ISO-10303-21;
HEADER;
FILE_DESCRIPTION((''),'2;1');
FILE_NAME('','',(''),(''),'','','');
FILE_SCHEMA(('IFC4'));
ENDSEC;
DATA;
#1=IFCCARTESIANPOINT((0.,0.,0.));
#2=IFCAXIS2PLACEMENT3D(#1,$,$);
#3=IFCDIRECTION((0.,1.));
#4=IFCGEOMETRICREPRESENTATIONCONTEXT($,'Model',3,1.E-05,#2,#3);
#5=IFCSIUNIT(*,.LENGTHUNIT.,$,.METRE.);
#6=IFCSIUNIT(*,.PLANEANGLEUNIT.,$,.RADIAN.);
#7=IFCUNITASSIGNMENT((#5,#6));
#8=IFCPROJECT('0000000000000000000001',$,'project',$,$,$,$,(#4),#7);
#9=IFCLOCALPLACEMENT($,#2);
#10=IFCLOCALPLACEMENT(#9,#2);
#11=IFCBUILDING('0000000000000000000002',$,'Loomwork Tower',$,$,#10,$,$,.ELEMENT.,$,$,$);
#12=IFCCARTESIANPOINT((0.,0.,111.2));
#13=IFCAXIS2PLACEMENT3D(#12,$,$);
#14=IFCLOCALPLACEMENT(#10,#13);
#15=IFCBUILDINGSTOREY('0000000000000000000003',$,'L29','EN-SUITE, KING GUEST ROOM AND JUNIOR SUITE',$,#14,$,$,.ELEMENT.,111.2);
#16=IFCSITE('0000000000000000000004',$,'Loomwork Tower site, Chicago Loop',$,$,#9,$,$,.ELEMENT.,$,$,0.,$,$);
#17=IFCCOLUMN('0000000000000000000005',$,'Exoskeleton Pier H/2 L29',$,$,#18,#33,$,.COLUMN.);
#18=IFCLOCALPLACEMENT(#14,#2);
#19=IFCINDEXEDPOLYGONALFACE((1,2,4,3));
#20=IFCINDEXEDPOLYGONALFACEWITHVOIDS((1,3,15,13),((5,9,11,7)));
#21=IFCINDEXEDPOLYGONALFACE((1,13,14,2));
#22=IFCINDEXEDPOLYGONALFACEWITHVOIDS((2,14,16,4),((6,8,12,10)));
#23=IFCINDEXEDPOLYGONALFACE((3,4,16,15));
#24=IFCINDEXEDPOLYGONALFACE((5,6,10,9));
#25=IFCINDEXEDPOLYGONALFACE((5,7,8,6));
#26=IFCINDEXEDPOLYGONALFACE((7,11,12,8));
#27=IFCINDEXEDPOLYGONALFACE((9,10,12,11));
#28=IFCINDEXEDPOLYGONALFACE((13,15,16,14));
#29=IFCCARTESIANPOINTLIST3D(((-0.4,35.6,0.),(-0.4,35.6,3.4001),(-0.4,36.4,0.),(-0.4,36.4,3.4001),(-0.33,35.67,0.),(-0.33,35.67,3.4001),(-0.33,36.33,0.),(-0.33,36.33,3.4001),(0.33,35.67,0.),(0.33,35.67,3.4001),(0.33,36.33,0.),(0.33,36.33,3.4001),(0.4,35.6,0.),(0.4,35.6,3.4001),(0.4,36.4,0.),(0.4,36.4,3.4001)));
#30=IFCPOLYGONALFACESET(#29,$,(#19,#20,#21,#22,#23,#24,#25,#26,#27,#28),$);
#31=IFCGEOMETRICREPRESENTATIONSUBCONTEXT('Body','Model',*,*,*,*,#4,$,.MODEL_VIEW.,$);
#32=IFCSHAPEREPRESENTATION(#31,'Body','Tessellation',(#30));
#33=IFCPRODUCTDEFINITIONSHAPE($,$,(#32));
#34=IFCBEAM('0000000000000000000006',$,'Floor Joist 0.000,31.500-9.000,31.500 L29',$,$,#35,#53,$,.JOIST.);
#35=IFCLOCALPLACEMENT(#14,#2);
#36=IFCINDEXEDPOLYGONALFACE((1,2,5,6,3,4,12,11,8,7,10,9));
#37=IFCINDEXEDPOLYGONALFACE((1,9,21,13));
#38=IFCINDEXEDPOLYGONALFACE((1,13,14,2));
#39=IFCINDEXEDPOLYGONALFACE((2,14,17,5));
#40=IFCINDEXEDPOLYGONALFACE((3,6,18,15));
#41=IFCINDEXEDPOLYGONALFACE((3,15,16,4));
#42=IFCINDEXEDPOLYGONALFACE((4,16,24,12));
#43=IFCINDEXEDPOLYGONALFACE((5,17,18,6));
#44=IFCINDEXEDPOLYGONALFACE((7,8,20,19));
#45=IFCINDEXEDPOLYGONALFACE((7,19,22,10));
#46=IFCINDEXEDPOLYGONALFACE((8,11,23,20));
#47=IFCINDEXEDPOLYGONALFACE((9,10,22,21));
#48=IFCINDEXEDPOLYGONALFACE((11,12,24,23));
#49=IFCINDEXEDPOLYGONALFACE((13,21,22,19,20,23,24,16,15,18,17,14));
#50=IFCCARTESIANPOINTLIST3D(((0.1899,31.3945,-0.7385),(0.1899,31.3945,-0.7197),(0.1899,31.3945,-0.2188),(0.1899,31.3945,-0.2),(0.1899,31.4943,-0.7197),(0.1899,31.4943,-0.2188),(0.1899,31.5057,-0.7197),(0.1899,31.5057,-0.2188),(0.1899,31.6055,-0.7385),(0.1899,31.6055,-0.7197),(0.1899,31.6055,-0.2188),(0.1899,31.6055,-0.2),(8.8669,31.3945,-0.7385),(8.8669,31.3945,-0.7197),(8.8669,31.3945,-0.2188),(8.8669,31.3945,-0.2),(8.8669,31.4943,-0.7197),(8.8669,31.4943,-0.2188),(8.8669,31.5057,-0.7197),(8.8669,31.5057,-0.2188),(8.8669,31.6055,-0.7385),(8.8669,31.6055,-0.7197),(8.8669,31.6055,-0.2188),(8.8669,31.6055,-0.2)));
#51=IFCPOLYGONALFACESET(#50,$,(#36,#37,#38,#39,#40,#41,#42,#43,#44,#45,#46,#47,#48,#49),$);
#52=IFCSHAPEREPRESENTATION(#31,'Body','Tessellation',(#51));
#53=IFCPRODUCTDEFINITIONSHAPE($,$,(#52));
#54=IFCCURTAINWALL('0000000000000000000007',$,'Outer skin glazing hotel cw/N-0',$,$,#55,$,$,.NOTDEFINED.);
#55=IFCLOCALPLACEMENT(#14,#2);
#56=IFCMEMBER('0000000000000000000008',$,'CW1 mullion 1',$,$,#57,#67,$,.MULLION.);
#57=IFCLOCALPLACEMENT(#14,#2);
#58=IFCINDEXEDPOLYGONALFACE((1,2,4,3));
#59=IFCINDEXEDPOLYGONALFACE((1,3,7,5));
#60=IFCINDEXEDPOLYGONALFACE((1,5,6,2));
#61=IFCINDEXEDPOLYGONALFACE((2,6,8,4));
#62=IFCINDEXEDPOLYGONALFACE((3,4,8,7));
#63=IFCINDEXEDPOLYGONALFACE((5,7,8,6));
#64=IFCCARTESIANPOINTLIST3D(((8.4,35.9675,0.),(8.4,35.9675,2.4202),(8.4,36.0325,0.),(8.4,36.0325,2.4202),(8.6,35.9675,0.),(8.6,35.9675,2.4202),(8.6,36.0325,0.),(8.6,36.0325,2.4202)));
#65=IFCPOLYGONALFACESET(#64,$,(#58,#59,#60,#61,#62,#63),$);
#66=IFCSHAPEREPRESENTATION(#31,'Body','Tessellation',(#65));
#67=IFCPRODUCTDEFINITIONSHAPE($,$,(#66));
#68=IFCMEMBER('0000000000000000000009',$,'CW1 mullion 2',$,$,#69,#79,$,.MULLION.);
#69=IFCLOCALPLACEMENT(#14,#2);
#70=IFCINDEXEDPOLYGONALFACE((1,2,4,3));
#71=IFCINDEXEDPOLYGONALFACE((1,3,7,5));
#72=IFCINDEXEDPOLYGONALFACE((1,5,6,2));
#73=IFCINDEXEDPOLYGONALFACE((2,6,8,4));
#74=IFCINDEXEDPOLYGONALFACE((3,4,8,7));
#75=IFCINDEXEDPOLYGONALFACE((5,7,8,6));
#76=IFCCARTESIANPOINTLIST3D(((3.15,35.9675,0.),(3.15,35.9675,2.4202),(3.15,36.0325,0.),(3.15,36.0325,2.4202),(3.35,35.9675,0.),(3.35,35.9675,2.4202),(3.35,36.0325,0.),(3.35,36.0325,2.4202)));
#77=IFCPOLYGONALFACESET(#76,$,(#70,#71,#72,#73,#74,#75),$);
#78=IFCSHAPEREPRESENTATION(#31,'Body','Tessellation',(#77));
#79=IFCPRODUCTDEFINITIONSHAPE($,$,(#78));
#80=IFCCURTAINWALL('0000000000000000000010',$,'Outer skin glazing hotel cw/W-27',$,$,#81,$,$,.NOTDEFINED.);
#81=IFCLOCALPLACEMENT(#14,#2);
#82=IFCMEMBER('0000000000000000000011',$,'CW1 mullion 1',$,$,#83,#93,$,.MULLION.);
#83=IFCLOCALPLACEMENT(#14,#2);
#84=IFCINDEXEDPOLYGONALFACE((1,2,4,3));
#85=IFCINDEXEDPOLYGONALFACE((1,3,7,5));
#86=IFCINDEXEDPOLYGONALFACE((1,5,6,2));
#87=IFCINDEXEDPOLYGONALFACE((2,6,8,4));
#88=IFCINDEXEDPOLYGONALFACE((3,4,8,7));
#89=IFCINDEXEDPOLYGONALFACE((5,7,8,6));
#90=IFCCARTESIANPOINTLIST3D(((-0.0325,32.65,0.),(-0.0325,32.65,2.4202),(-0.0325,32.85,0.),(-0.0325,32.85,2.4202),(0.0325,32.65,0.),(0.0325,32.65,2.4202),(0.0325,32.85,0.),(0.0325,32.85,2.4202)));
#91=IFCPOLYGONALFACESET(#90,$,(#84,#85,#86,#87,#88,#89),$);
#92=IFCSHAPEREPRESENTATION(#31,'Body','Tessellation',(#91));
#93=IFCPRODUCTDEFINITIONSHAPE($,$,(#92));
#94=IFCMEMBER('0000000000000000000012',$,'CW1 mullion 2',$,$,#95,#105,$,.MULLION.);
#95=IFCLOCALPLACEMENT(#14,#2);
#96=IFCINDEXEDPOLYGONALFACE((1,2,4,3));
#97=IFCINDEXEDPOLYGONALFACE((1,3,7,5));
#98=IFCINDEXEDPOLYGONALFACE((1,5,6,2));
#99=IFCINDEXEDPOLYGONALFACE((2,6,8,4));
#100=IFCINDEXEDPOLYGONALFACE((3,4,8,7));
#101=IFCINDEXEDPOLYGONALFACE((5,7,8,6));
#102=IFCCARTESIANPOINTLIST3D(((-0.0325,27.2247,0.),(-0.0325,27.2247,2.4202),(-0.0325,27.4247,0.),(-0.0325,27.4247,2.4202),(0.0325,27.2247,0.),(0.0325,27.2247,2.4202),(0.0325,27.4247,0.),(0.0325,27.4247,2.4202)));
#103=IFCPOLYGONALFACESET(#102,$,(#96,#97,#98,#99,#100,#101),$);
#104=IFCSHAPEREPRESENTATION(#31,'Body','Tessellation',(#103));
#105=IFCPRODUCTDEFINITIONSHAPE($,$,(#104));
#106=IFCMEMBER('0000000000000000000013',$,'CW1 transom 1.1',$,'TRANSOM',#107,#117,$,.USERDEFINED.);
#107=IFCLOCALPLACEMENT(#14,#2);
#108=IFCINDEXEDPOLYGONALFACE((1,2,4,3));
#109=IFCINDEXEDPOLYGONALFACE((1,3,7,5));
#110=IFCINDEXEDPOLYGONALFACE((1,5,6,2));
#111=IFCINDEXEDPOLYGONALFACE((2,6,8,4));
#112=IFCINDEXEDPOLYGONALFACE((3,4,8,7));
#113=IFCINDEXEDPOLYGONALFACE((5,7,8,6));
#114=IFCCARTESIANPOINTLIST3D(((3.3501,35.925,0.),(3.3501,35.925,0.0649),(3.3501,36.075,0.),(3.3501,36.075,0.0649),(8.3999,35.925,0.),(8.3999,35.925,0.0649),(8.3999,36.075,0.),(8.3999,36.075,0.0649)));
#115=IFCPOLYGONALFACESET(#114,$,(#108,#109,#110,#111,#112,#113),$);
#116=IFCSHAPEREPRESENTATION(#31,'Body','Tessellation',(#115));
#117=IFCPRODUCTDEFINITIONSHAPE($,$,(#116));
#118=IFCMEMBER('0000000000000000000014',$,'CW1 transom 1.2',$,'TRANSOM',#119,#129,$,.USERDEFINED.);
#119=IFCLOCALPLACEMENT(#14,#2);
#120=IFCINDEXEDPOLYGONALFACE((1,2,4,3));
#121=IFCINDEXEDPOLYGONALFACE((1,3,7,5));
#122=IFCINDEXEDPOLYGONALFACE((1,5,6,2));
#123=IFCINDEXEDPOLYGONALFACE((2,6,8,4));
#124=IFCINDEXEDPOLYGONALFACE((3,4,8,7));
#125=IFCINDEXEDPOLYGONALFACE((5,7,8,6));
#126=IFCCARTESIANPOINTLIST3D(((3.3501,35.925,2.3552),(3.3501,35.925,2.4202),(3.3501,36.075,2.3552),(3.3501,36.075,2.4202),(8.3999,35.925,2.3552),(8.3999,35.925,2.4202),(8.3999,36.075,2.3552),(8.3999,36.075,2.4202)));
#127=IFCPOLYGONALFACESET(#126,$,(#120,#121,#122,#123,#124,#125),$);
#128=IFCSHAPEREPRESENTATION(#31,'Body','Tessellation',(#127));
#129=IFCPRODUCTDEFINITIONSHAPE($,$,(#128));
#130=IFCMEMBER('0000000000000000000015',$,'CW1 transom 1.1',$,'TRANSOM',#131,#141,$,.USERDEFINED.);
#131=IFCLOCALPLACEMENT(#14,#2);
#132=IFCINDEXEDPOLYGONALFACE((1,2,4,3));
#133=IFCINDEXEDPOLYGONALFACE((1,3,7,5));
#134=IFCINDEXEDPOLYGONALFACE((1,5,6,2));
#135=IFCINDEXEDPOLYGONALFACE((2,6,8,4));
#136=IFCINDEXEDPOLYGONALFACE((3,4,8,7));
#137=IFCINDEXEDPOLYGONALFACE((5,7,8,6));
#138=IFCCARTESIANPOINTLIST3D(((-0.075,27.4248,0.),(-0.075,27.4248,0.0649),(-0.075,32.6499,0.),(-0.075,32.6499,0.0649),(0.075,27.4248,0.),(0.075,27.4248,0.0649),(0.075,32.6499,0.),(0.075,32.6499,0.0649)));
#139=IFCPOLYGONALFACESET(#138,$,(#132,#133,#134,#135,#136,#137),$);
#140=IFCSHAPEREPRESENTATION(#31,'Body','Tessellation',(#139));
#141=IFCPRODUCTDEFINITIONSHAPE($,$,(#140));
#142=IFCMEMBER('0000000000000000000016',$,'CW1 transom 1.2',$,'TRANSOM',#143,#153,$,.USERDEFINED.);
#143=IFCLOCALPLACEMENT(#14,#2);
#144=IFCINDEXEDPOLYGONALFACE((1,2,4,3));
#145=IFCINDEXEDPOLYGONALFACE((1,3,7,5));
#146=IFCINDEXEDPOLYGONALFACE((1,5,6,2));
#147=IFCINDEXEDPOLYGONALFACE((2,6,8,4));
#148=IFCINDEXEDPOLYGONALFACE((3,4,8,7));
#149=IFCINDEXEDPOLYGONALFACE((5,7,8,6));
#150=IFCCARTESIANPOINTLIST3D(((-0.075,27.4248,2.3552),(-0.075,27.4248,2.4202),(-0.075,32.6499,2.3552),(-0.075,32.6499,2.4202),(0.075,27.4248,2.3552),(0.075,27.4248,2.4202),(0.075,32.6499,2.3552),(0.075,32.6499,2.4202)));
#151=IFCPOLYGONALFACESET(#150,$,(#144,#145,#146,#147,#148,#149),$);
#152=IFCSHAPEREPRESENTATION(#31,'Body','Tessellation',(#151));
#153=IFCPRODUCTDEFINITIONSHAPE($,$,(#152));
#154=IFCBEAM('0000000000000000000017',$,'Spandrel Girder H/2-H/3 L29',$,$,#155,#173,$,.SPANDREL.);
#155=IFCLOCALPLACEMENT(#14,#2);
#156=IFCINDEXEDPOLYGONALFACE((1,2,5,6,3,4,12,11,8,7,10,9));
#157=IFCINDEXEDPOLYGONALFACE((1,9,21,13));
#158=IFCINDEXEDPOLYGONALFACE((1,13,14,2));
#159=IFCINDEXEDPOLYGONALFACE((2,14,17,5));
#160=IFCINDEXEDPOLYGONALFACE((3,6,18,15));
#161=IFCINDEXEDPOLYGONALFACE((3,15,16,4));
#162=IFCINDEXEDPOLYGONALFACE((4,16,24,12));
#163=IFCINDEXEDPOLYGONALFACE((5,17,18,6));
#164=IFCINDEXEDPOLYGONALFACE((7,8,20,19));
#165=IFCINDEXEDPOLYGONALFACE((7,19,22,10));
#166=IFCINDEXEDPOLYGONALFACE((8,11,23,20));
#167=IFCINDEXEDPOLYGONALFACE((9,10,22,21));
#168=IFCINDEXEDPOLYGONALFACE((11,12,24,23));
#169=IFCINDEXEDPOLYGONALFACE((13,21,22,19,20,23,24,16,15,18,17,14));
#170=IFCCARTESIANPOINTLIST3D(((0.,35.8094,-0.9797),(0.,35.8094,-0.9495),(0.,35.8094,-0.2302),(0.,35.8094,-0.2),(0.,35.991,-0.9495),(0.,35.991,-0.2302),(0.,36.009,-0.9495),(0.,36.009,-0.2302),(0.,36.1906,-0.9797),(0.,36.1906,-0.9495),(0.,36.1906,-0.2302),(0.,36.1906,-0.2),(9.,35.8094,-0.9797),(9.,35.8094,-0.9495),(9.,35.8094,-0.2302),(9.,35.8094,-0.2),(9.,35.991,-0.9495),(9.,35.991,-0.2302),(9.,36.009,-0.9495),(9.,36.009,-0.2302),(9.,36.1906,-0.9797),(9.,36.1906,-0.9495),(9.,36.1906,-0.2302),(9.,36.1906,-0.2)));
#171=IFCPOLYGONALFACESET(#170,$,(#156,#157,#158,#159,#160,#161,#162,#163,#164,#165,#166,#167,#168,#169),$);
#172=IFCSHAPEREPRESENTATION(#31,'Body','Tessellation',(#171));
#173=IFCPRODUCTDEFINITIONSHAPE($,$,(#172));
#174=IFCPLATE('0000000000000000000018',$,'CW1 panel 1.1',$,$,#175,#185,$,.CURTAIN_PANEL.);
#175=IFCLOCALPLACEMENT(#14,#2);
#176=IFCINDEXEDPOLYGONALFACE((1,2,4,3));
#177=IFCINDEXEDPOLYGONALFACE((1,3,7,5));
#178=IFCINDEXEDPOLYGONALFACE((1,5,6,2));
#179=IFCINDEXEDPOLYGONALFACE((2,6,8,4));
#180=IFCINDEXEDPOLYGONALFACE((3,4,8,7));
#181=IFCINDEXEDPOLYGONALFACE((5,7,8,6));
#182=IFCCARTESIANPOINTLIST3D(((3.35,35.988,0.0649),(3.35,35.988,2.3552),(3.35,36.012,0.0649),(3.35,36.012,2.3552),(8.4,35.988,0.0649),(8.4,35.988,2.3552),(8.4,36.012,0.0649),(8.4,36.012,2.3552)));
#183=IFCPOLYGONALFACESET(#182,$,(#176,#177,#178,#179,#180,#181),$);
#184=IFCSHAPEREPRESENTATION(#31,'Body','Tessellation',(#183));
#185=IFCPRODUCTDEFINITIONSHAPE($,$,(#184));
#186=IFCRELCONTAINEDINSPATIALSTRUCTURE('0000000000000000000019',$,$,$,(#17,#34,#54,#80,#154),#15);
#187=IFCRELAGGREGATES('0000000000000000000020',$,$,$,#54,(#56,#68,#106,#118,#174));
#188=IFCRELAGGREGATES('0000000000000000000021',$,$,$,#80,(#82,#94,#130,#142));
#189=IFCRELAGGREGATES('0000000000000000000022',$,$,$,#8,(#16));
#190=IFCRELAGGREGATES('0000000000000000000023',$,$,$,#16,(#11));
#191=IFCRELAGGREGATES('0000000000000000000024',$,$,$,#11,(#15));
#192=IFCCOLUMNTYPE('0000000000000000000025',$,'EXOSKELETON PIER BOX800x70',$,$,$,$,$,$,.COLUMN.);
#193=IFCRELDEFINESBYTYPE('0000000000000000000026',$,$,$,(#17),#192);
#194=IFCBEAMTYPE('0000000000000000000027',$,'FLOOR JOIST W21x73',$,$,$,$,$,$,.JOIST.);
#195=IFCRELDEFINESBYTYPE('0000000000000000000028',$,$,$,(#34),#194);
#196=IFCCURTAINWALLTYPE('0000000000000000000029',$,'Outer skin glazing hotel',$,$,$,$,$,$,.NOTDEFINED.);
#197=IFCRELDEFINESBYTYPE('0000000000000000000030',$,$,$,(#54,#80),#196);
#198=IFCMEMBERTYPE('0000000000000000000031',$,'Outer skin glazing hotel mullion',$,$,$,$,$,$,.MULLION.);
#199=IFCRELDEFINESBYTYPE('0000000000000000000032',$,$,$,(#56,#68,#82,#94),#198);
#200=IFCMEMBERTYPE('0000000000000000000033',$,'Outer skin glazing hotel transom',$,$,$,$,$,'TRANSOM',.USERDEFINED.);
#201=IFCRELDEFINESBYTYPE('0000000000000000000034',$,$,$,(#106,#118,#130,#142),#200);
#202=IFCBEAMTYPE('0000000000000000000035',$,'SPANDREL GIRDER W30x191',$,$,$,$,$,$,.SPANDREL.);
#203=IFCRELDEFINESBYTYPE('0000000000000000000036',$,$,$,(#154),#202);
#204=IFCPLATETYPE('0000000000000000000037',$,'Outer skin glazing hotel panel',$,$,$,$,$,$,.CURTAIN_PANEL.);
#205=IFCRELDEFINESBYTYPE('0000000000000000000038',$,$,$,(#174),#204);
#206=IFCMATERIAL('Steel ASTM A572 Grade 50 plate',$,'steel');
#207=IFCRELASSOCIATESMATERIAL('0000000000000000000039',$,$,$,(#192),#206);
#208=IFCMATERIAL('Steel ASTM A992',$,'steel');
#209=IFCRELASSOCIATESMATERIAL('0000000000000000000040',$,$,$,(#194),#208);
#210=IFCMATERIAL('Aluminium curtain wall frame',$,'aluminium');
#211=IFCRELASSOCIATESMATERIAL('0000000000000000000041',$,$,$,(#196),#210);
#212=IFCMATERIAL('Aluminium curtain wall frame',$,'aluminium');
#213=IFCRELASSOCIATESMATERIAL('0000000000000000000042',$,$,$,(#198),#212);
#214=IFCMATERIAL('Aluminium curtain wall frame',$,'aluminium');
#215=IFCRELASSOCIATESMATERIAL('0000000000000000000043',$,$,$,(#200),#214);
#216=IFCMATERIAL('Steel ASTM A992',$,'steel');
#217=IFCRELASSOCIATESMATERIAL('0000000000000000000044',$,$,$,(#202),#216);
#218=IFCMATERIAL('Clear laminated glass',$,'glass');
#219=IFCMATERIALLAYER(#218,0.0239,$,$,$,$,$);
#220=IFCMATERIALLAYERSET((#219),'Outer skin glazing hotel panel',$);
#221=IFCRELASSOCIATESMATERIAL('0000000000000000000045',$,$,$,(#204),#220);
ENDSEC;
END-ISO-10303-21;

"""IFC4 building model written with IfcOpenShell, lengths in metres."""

from ifc_helpers import new_model, si_unit, direction, frame, origin, origin_2d, place, context, subcontext, project, spatial, rectangle, hollow_rectangle, i_section, extrude, material, layer, layer_set, material_profile, profile_set, type_object, element, aggregate, save


model = new_model("IFC4")

# Units and contexts
model_context = context("Model", 3, precision=1e-05, world=origin(), true_north=direction((0.0, 1.0)))
body_context = subcontext(model_context, "Body", "Model", "MODEL_VIEW")
ifc_project = project(units=[si_unit("LENGTHUNIT", "METRE"), si_unit("PLANEANGLEUNIT", "RADIAN")], contexts=[model_context])

# Site, building, storey
site_placement = place(None, origin())
site = spatial("IfcSite", under=ifc_project, at=site_placement, Name="Loomwork Tower site, Chicago Loop", CompositionType="ELEMENT", RefElevation=0.0)
building_placement = place(site_placement, origin())
building = spatial("IfcBuilding", under=site, at=building_placement, Name="Loomwork Tower", CompositionType="ELEMENT")
storey_placement = place(building_placement, frame((0.0, 0.0, 111.2)))
storey = spatial("IfcBuildingStorey", under=building, at=storey_placement, Name="L29", Description="EN-SUITE, KING GUEST ROOM AND JUNIOR SUITE", CompositionType="ELEMENT", Elevation=111.2)

# Column
ifc_material_1 = material(Name="Steel ASTM A572 Grade 50 plate", Category="steel")
ifc_material_profile_1 = material_profile(ifc_material_1, hollow_rectangle(XDim=0.8, YDim=0.8, WallThickness=0.0701, at=origin_2d()), Name="BOX800x70")
ifc_profile_set_1 = profile_set([ifc_material_profile_1], Name="Steel ASTM A572 Grade 50 plate")
column_type = type_object("IfcColumnType", Name="EXOSKELETON PIER BOX800x70", PredefinedType="COLUMN", material=ifc_profile_set_1)
column_placement = place(storey_placement, frame((0.0, 36.0, 0.0), z_axis=(0.0, 0.0, 1.0), x_axis=(1.0, 0.0, 0.0)))
element("IfcColumn", 1, at=column_placement, inside=storey, type_object=column_type, Name="Exoskeleton Pier H/2 L29", PredefinedType="COLUMN", context=body_context, shape_type="SweptSolid", body=[
    extrude(hollow_rectangle(XDim=0.8, YDim=0.8, WallThickness=0.0701, at=origin_2d()), origin(), (0.0, 0.0, 1.0), 3.4001),
])

# Beam
ifc_material_2 = material(Name="Steel ASTM A992", Category="steel")
ifc_material_profile_2 = material_profile(ifc_material_2, i_section(OverallWidth=0.2109, OverallDepth=0.5386, WebThickness=0.0115, FlangeThickness=0.0188, at=origin_2d()), Name="W21x73")
ifc_profile_set_2 = profile_set([ifc_material_profile_2], Name="Steel ASTM A992")
beam_type_1 = type_object("IfcBeamType", Name="FLOOR JOIST W21x73", PredefinedType="JOIST", material=ifc_profile_set_2)
beam_1_placement = place(storey_placement, frame((0.1899, 31.5, -0.4692), z_axis=(1.0, 0.0, 0.0), x_axis=(0.0, 1.0, 0.0)))
element("IfcBeam", 2, at=beam_1_placement, inside=storey, type_object=beam_type_1, Name="Floor Joist 0.000,31.500-9.000,31.500 L29", PredefinedType="JOIST", context=body_context, shape_type="SweptSolid", body=[
    extrude(i_section(OverallWidth=0.2109, OverallDepth=0.5386, WebThickness=0.0115, FlangeThickness=0.0188, at=origin_2d()), origin(), (0.0, 0.0, 1.0), 8.677),
])

# Curtain walls, members
ifc_material_3 = material(Name="Aluminium curtain wall frame", Category="aluminium")
curtain_wall_type = type_object("IfcCurtainWallType", Name="Outer skin glazing hotel", PredefinedType="NOTDEFINED", material=ifc_material_3)
curtain_wall_1_placement = place(storey_placement, origin())
curtain_wall_1 = element("IfcCurtainWall", 3, at=curtain_wall_1_placement, inside=storey, type_object=curtain_wall_type, Name="Outer skin glazing hotel cw/N-0", PredefinedType="NOTDEFINED")
ifc_material_4 = material(Name="Aluminium curtain wall frame", Category="aluminium")
ifc_material_profile_3 = material_profile(ifc_material_4, rectangle(XDim=0.0649, YDim=0.2, at=origin_2d()), Name="AL 65x200")
ifc_profile_set_3 = profile_set([ifc_material_profile_3], Name="Aluminium curtain wall frame")
member_type_1 = type_object("IfcMemberType", Name="Outer skin glazing hotel mullion", PredefinedType="MULLION", material=ifc_profile_set_3)
member_1_placement = place(storey_placement, frame((8.5, 36.0, 0.0), z_axis=(0.0, 0.0, 1.0), x_axis=(0.0, -1.0, 0.0)))
member_1 = element("IfcMember", 4, at=member_1_placement, type_object=member_type_1, Name="CW1 mullion 1", PredefinedType="MULLION", context=body_context, shape_type="SweptSolid", body=[
    extrude(rectangle(XDim=0.0649, YDim=0.2, at=origin_2d()), origin(), (0.0, 0.0, 1.0), 2.4202),
])
member_2_placement = place(storey_placement, frame((3.25, 36.0, 0.0), z_axis=(0.0, 0.0, 1.0), x_axis=(0.0, -1.0, 0.0)))
member_2 = element("IfcMember", 5, at=member_2_placement, type_object=member_type_1, Name="CW1 mullion 2", PredefinedType="MULLION", context=body_context, shape_type="SweptSolid", body=[
    extrude(rectangle(XDim=0.0649, YDim=0.2, at=origin_2d()), origin(), (0.0, 0.0, 1.0), 2.4202),
])
curtain_wall_2_placement = place(storey_placement, origin())
curtain_wall_2 = element("IfcCurtainWall", 6, at=curtain_wall_2_placement, inside=storey, type_object=curtain_wall_type, Name="Outer skin glazing hotel cw/W-27", PredefinedType="NOTDEFINED")
member_3_placement = place(storey_placement, frame((0.0, 32.75, 0.0), z_axis=(0.0, 0.0, 1.0), x_axis=(1.0, 0.0, 0.0)))
member_3 = element("IfcMember", 7, at=member_3_placement, type_object=member_type_1, Name="CW1 mullion 1", PredefinedType="MULLION", context=body_context, shape_type="SweptSolid", body=[
    extrude(rectangle(XDim=0.0649, YDim=0.2, at=origin_2d()), origin(), (0.0, 0.0, 1.0), 2.4202),
])
member_4_placement = place(storey_placement, frame((0.0, 27.3247, 0.0), z_axis=(0.0, 0.0, 1.0), x_axis=(1.0, 0.0, 0.0)))
member_4 = element("IfcMember", 8, at=member_4_placement, type_object=member_type_1, Name="CW1 mullion 2", PredefinedType="MULLION", context=body_context, shape_type="SweptSolid", body=[
    extrude(rectangle(XDim=0.0649, YDim=0.2, at=origin_2d()), origin(), (0.0, 0.0, 1.0), 2.4202),
])

# Members
ifc_material_5 = material(Name="Aluminium curtain wall frame", Category="aluminium")
ifc_material_profile_4 = material_profile(ifc_material_5, rectangle(XDim=0.1499, YDim=0.0649, at=origin_2d()), Name="AL 65x150")
ifc_profile_set_4 = profile_set([ifc_material_profile_4], Name="Aluminium curtain wall frame")
member_type_2 = type_object("IfcMemberType", Name="Outer skin glazing hotel transom", ElementType="TRANSOM", PredefinedType="USERDEFINED", material=ifc_profile_set_4)
member_5_placement = place(storey_placement, frame((8.3999, 36.0, 0.0325), z_axis=(-1.0, 0.0, 0.0), x_axis=(0.0, -1.0, 0.0)))
member_5 = element("IfcMember", 9, at=member_5_placement, type_object=member_type_2, Name="CW1 transom 1.1", ObjectType="TRANSOM", PredefinedType="USERDEFINED", context=body_context, shape_type="SweptSolid", body=[
    extrude(rectangle(XDim=0.1499, YDim=0.0649, at=origin_2d()), origin(), (0.0, 0.0, 1.0), 5.0498),
])
member_6_placement = place(storey_placement, frame((8.3999, 36.0, 2.3877), z_axis=(-1.0, 0.0, 0.0), x_axis=(0.0, -1.0, 0.0)))
member_6 = element("IfcMember", 10, at=member_6_placement, type_object=member_type_2, Name="CW1 transom 1.2", ObjectType="TRANSOM", PredefinedType="USERDEFINED", context=body_context, shape_type="SweptSolid", body=[
    extrude(rectangle(XDim=0.1499, YDim=0.0649, at=origin_2d()), origin(), (0.0, 0.0, 1.0), 5.0498),
])
member_7_placement = place(storey_placement, frame((0.0, 32.6499, 0.0325), z_axis=(0.0, -1.0, 0.0), x_axis=(1.0, 0.0, 0.0)))
member_7 = element("IfcMember", 11, at=member_7_placement, type_object=member_type_2, Name="CW1 transom 1.1", ObjectType="TRANSOM", PredefinedType="USERDEFINED", context=body_context, shape_type="SweptSolid", body=[
    extrude(rectangle(XDim=0.1499, YDim=0.0649, at=origin_2d()), origin(), (0.0, 0.0, 1.0), 5.2251),
])
member_8_placement = place(storey_placement, frame((0.0, 32.6499, 2.3877), z_axis=(0.0, -1.0, 0.0), x_axis=(1.0, 0.0, 0.0)))
member_8 = element("IfcMember", 12, at=member_8_placement, type_object=member_type_2, Name="CW1 transom 1.2", ObjectType="TRANSOM", PredefinedType="USERDEFINED", context=body_context, shape_type="SweptSolid", body=[
    extrude(rectangle(XDim=0.1499, YDim=0.0649, at=origin_2d()), origin(), (0.0, 0.0, 1.0), 5.2251),
])

# Beam
ifc_material_6 = material(Name="Steel ASTM A992", Category="steel")
ifc_material_profile_5 = material_profile(ifc_material_6, i_section(OverallWidth=0.3811, OverallDepth=0.7798, WebThickness=0.0181, FlangeThickness=0.0303, at=origin_2d()), Name="W30x191")
ifc_profile_set_5 = profile_set([ifc_material_profile_5], Name="Steel ASTM A992")
beam_type_2 = type_object("IfcBeamType", Name="SPANDREL GIRDER W30x191", PredefinedType="SPANDREL", material=ifc_profile_set_5)
beam_2_placement = place(storey_placement, frame((0.0, 36.0, -0.5898), z_axis=(1.0, 0.0, 0.0), x_axis=(0.0, 1.0, 0.0)))
element("IfcBeam", 13, at=beam_2_placement, inside=storey, type_object=beam_type_2, Name="Spandrel Girder H/2-H/3 L29", PredefinedType="SPANDREL", context=body_context, shape_type="SweptSolid", body=[
    extrude(i_section(OverallWidth=0.3811, OverallDepth=0.7798, WebThickness=0.0181, FlangeThickness=0.0303, at=origin_2d()), origin(), (0.0, 0.0, 1.0), 9.0),
])

# Plate
ifc_material_7 = material(Name="Clear laminated glass", Category="glass")
ifc_layer_1 = layer(ifc_material_7, 0.0239)
ifc_layer_set_1 = layer_set([ifc_layer_1], Name="Outer skin glazing hotel panel")
plate_type = type_object("IfcPlateType", Name="Outer skin glazing hotel panel", PredefinedType="CURTAIN_PANEL", material=ifc_layer_set_1)
plate_1_placement = place(storey_placement, frame((5.875, 36.0, 0.0649), z_axis=(0.0, 0.0, 1.0), x_axis=(-1.0, 0.0, 0.0)))
plate_1 = element("IfcPlate", 14, at=plate_1_placement, type_object=plate_type, Name="CW1 panel 1.1", PredefinedType="CURTAIN_PANEL", context=body_context, shape_type="SweptSolid", body=[
    extrude(rectangle(XDim=5.05, YDim=0.0239, at=origin_2d()), origin(), (0.0, 0.0, 1.0), 2.2903),
])
aggregate(curtain_wall_1, [member_1, member_2, member_5, member_6, plate_1])
aggregate(curtain_wall_2, [member_3, member_4, member_7, member_8])

save(model, "model.ifc")
